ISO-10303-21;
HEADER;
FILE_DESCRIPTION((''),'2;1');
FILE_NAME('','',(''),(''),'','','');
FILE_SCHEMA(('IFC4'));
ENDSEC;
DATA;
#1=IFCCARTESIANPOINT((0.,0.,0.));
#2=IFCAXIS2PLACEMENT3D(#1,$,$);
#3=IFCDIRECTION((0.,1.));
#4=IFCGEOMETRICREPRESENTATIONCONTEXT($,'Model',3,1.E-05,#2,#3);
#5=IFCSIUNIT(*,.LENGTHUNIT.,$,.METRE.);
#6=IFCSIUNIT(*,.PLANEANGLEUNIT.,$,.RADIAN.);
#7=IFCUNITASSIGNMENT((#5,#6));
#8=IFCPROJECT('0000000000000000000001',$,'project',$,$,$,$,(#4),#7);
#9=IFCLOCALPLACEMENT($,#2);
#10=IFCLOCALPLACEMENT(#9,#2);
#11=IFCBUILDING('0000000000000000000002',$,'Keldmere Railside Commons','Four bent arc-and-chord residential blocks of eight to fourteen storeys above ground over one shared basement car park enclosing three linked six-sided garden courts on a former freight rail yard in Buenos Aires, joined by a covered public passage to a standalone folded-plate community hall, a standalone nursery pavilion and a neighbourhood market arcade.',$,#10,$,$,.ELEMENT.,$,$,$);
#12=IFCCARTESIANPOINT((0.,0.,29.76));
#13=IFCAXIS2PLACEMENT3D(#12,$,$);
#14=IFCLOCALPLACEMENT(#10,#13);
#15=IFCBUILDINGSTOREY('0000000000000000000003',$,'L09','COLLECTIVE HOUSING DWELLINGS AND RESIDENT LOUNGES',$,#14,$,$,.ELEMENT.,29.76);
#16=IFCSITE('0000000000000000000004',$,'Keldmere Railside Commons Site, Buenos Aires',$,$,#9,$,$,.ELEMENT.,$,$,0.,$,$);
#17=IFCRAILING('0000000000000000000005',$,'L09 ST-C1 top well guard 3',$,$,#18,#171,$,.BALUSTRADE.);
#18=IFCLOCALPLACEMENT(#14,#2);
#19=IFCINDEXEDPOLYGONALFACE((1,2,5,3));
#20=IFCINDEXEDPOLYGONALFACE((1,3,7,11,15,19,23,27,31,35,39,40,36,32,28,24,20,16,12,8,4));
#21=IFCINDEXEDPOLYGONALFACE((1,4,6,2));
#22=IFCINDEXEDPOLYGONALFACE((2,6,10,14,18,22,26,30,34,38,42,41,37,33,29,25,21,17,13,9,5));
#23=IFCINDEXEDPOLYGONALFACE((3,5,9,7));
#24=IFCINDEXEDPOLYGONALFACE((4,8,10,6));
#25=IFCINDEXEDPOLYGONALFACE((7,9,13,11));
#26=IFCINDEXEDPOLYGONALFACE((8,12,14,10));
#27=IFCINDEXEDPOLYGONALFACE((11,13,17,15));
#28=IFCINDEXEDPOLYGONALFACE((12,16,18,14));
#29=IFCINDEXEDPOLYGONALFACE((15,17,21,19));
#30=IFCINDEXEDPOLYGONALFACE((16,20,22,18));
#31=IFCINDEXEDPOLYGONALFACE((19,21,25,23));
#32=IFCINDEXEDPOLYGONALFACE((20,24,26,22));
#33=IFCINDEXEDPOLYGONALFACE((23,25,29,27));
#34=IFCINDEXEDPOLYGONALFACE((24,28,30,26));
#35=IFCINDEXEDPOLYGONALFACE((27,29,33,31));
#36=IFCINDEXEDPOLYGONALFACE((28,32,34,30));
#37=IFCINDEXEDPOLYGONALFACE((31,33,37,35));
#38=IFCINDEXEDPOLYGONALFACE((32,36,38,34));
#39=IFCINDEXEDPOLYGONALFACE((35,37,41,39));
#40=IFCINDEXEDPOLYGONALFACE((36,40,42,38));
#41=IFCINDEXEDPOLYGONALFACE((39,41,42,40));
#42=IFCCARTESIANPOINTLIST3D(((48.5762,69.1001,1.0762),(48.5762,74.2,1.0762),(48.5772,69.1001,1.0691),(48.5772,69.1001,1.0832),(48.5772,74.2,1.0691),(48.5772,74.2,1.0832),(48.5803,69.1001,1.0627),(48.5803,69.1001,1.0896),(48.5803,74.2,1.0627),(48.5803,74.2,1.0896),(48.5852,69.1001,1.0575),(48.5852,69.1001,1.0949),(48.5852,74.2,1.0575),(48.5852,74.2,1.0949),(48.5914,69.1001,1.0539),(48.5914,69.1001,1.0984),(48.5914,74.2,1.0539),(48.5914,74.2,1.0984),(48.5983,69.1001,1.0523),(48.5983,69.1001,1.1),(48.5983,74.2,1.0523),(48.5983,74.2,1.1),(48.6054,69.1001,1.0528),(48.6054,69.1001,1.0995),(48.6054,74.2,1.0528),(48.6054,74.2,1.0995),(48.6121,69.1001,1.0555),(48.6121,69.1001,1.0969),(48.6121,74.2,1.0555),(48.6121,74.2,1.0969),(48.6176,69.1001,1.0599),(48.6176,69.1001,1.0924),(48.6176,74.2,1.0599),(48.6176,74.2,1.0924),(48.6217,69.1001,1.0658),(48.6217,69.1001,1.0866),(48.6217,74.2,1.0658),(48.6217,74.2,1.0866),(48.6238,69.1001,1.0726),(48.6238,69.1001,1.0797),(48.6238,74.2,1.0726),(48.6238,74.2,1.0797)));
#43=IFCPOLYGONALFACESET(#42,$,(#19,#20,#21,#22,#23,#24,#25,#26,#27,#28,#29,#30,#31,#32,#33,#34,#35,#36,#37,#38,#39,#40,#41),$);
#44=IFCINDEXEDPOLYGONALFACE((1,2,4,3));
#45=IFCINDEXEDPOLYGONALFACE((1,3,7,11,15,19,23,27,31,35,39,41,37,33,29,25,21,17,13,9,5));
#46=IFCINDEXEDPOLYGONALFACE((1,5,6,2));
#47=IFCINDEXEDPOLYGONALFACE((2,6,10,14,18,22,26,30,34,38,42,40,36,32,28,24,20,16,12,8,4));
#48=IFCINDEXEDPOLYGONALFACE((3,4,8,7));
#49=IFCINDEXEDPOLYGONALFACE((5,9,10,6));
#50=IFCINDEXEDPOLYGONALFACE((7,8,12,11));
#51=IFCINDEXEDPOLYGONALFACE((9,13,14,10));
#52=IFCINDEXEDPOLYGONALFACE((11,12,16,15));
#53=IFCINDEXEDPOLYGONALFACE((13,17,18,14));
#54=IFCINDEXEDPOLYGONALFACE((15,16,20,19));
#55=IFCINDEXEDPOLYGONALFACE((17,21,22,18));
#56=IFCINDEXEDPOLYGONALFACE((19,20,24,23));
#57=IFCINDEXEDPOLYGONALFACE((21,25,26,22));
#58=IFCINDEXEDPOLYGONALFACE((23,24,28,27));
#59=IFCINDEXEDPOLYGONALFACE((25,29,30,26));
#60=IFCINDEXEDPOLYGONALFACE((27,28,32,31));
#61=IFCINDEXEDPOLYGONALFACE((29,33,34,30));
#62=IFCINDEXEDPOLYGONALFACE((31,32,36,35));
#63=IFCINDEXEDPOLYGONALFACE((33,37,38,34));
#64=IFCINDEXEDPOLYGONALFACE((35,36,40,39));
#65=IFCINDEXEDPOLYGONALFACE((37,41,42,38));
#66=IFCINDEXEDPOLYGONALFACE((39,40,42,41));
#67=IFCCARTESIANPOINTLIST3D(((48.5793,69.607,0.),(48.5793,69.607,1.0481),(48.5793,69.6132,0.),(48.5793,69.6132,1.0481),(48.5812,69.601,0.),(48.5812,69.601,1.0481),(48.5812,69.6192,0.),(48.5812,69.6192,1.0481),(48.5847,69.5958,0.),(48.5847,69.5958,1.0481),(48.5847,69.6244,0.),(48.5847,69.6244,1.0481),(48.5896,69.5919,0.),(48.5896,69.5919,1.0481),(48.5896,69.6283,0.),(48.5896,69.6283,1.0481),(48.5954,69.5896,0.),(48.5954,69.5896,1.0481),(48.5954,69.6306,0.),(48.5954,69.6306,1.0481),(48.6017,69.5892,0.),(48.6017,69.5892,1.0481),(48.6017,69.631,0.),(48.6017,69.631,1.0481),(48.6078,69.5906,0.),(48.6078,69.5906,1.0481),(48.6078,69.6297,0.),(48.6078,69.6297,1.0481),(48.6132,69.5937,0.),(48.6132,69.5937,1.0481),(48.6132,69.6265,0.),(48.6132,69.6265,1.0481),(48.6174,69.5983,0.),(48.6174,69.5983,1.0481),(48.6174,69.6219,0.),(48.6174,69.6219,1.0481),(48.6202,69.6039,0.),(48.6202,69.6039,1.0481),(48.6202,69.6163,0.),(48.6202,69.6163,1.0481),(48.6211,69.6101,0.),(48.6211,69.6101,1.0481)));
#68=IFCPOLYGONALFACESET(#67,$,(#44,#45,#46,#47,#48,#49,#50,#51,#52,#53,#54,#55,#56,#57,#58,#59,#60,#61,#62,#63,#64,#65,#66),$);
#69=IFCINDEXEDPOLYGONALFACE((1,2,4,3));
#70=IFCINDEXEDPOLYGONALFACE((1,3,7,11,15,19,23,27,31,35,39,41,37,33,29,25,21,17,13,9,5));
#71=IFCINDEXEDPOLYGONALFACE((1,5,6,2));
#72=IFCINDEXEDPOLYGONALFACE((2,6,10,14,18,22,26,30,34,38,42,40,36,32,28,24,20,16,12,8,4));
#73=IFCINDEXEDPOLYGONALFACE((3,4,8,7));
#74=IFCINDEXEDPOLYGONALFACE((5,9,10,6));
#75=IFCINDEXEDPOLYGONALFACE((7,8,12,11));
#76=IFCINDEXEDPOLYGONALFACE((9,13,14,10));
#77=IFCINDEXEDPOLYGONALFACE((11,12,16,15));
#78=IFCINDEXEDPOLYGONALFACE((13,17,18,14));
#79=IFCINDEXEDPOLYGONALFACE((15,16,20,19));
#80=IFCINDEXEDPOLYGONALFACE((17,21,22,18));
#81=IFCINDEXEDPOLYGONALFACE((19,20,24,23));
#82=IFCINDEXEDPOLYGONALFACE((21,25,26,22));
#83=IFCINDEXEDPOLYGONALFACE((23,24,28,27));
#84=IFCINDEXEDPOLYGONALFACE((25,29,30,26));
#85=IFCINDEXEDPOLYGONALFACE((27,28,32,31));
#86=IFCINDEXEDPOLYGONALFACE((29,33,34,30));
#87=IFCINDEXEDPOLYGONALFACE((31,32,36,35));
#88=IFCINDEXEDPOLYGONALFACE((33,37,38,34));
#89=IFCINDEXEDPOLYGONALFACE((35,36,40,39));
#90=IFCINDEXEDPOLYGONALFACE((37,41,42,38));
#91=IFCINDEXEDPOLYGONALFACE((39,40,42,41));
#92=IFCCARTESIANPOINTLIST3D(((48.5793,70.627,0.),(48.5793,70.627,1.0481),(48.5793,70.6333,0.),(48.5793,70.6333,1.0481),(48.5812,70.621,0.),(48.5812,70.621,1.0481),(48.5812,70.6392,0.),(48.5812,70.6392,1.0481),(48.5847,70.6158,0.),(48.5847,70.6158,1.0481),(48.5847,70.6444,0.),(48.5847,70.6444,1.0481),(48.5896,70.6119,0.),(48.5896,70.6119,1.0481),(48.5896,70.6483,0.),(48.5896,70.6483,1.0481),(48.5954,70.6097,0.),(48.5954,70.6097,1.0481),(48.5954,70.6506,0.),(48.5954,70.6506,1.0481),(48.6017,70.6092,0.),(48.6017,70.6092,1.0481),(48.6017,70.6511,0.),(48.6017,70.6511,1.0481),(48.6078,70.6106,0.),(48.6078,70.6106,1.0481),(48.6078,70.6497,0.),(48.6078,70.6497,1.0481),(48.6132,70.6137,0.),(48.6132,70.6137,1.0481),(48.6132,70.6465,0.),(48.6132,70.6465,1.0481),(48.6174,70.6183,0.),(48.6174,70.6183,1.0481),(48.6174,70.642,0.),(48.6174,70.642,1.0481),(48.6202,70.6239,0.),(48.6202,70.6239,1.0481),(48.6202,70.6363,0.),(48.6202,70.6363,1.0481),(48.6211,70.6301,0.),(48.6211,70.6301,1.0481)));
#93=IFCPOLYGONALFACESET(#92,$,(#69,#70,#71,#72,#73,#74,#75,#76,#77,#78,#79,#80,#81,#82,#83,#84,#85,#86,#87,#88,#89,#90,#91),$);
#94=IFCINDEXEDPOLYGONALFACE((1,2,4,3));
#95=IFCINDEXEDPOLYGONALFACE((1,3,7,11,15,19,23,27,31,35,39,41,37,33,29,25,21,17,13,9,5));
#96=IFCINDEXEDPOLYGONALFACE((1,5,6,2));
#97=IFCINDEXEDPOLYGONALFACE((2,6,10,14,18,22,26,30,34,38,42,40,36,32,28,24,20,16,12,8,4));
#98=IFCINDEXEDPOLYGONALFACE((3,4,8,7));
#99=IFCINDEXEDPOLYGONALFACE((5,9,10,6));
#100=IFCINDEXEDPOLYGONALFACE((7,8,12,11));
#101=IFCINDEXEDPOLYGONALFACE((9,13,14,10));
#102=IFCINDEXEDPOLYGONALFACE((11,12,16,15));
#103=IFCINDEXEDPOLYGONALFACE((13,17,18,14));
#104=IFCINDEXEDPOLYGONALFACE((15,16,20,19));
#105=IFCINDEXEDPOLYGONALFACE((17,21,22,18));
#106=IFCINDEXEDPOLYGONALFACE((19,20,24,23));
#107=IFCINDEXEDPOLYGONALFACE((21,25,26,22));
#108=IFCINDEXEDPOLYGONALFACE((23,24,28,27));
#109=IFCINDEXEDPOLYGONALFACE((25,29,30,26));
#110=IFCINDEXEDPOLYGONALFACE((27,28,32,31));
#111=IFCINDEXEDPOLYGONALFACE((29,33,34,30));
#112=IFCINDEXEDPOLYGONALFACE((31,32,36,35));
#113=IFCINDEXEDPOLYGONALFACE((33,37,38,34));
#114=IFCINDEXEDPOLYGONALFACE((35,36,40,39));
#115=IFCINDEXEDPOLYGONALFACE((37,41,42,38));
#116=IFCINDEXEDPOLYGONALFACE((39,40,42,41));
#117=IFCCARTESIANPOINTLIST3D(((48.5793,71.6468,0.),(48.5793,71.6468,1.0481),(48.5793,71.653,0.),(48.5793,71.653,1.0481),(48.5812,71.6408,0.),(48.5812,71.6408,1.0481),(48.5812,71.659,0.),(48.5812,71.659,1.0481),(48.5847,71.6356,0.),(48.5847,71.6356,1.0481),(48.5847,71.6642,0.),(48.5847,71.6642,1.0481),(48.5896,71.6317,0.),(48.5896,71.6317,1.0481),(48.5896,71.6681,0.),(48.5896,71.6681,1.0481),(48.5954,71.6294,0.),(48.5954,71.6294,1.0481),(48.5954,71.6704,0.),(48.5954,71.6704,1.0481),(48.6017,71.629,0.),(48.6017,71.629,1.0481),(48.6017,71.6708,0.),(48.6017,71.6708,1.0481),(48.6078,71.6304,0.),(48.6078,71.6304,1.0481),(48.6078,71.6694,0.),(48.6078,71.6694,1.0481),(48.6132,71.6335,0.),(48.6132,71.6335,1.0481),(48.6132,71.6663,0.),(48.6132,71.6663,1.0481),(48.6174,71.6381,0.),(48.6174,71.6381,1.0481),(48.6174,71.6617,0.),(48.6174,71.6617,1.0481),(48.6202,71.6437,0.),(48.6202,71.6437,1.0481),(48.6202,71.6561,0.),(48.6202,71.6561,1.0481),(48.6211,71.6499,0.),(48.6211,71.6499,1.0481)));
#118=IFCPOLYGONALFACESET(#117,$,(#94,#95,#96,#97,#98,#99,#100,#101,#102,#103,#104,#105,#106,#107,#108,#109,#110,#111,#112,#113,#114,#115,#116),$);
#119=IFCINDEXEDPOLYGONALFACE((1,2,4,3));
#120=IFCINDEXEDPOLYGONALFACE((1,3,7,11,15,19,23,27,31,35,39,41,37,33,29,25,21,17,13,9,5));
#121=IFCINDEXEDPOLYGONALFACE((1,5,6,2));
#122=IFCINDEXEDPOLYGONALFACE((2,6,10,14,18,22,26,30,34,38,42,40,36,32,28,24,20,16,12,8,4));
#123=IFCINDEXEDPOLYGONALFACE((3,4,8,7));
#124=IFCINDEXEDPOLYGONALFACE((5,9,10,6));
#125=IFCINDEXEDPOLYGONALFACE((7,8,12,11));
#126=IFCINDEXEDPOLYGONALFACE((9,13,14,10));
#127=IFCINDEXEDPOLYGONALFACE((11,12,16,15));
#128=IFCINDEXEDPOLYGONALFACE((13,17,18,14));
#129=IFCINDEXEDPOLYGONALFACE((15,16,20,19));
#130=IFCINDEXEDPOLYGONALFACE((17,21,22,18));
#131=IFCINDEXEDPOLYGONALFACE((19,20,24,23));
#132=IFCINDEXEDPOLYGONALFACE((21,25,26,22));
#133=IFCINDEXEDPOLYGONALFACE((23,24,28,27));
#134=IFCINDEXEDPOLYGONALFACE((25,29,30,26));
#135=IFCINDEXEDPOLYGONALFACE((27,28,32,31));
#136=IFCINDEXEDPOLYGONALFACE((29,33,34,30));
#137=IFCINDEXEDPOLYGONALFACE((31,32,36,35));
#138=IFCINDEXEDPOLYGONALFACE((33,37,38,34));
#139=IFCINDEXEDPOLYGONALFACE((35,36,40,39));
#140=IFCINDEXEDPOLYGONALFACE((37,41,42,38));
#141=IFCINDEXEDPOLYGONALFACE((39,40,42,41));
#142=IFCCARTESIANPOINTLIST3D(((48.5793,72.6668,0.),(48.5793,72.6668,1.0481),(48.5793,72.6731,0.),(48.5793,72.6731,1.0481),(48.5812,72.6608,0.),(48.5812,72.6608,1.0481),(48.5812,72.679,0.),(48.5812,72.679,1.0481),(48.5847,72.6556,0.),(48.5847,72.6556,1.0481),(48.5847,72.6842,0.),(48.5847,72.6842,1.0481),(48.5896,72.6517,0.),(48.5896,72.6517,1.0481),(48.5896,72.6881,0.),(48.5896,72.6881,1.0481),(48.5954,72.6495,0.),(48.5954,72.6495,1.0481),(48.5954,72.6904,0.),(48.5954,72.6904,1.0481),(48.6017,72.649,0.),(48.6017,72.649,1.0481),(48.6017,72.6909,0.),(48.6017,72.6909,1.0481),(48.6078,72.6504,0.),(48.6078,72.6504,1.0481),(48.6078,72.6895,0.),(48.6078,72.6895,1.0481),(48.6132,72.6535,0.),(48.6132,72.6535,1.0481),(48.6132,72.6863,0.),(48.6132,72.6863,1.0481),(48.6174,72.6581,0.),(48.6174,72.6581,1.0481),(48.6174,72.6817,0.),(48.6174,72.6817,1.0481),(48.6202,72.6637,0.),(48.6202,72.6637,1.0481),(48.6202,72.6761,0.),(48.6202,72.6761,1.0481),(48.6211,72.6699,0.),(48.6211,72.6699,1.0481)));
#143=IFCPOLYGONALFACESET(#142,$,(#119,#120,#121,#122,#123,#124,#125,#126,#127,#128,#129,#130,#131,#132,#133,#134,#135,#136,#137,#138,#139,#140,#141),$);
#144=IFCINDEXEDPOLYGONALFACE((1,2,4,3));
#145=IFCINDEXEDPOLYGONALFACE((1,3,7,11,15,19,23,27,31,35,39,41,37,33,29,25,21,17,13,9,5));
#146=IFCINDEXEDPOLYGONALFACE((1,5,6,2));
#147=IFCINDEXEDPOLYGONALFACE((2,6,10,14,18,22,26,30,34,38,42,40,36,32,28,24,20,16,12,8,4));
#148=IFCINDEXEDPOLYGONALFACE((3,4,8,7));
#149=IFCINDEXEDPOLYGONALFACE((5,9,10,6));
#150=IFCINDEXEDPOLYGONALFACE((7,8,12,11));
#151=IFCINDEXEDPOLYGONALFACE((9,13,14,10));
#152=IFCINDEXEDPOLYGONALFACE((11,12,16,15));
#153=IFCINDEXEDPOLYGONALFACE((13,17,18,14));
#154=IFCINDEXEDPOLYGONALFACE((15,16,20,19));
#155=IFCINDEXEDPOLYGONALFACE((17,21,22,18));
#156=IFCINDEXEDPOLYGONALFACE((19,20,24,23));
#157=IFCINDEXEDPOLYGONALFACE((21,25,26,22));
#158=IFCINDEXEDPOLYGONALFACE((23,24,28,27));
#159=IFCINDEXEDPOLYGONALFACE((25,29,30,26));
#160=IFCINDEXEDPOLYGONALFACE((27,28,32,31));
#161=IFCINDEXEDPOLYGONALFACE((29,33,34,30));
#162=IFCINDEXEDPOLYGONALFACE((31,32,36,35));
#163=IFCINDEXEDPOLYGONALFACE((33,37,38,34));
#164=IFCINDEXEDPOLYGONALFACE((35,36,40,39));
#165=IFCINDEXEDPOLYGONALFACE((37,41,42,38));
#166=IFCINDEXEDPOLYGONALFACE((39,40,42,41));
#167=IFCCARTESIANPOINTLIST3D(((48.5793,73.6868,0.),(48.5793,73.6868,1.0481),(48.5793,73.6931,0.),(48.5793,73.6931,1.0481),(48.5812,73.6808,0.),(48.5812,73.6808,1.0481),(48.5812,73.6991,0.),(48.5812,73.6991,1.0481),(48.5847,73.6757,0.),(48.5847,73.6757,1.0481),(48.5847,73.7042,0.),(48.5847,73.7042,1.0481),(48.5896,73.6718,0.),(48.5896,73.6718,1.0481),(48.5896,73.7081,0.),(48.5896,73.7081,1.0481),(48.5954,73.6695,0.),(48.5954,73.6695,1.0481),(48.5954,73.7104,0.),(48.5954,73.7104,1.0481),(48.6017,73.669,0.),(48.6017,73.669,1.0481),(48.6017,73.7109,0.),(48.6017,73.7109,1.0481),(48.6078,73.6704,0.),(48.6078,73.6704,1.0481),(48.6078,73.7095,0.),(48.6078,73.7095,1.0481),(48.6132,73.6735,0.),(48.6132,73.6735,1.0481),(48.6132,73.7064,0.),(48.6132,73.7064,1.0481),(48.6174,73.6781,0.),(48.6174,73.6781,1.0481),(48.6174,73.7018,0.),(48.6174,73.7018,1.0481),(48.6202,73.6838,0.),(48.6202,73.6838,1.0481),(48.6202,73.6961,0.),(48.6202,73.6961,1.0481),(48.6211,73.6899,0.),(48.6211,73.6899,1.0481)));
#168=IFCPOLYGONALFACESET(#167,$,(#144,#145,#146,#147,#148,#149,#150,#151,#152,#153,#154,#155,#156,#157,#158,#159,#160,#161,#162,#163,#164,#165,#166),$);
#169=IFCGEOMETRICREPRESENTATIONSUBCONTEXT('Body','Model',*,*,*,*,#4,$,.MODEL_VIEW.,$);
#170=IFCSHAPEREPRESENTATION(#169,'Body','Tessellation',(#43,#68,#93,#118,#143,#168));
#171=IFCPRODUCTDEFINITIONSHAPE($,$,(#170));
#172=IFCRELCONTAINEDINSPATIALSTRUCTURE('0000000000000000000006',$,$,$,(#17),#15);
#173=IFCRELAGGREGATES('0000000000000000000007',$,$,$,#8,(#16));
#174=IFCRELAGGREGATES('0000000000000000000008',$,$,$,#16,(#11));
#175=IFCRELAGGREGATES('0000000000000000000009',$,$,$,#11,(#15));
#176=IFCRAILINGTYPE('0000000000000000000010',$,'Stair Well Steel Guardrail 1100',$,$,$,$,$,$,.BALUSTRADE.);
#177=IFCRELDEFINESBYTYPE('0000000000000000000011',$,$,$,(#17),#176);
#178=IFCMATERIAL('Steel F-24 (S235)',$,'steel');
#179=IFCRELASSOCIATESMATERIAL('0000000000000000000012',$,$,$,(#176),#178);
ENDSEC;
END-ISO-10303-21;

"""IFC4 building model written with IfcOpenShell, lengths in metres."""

from ifc_helpers import new_model, si_unit, direction, frame, origin, origin_2d, place, context, subcontext, project, spatial, circle, extrude, material, type_object, element, save


model = new_model("IFC4")

# Units and contexts
model_context = context("Model", 3, precision=1e-05, world=origin(), true_north=direction((0.0, 1.0)))
body_context = subcontext(model_context, "Body", "Model", "MODEL_VIEW")
ifc_project = project(units=[si_unit("LENGTHUNIT", "METRE"), si_unit("PLANEANGLEUNIT", "RADIAN")], contexts=[model_context])

# Site, building, storey
site_placement = place(None, origin())
site = spatial("IfcSite", under=ifc_project, at=site_placement, Name="Keldmere Railside Commons Site, Buenos Aires", CompositionType="ELEMENT", RefElevation=0.0)
building_placement = place(site_placement, origin())
building = spatial("IfcBuilding", under=site, at=building_placement, Name="Keldmere Railside Commons", Description="Four bent arc-and-chord residential blocks of eight to fourteen storeys above ground over one shared basement car park enclosing three linked six-sided garden courts on a former freight rail yard in Buenos Aires, joined by a covered public passage to a standalone folded-plate community hall, a standalone nursery pavilion and a neighbourhood market arcade.", CompositionType="ELEMENT")
storey_placement = place(building_placement, frame((0.0, 0.0, 29.76)))
storey = spatial("IfcBuildingStorey", under=building, at=storey_placement, Name="L09", Description="COLLECTIVE HOUSING DWELLINGS AND RESIDENT LOUNGES", CompositionType="ELEMENT", Elevation=29.76)

# Railing
ifc_material_1 = material(Name="Steel F-24 (S235)", Category="steel")
railing_type_1 = type_object("IfcRailingType", Name="Stair Well Steel Guardrail 1100", PredefinedType="BALUSTRADE", material=ifc_material_1)
railing_1_placement = place(storey_placement, frame((48.6001, 69.1001, 0.0)))
element("IfcRailing", 1, at=railing_1_placement, inside=storey, type_object=railing_type_1, Name="L09 ST-C1 top well guard 3", PredefinedType="BALUSTRADE", context=body_context, shape_type="SweptSolid", body=[
    extrude(circle(Radius=0.0239, at=origin_2d()), frame((0.0, 0.0, 1.0762), z_axis=(0.0, 1.0, 0.0), x_axis=(-1.0, 0.0, 0.0)), (0.0, 0.0, 1.0), 5.0999),
    extrude(circle(Radius=0.021, at=origin_2d()), frame((0.0, 0.51, 0.0)), (0.0, 0.0, 1.0), 1.0481),
    extrude(circle(Radius=0.021, at=origin_2d()), frame((0.0, 1.53, 0.0)), (0.0, 0.0, 1.0), 1.0481),
    extrude(circle(Radius=0.021, at=origin_2d()), frame((0.0, 2.5498, 0.0)), (0.0, 0.0, 1.0), 1.0481),
    extrude(circle(Radius=0.021, at=origin_2d()), frame((0.0, 3.5698, 0.0)), (0.0, 0.0, 1.0), 1.0481),
    extrude(circle(Radius=0.021, at=origin_2d()), frame((0.0, 4.5898, 0.0)), (0.0, 0.0, 1.0), 1.0481),
])

save(model, "model.ifc")
